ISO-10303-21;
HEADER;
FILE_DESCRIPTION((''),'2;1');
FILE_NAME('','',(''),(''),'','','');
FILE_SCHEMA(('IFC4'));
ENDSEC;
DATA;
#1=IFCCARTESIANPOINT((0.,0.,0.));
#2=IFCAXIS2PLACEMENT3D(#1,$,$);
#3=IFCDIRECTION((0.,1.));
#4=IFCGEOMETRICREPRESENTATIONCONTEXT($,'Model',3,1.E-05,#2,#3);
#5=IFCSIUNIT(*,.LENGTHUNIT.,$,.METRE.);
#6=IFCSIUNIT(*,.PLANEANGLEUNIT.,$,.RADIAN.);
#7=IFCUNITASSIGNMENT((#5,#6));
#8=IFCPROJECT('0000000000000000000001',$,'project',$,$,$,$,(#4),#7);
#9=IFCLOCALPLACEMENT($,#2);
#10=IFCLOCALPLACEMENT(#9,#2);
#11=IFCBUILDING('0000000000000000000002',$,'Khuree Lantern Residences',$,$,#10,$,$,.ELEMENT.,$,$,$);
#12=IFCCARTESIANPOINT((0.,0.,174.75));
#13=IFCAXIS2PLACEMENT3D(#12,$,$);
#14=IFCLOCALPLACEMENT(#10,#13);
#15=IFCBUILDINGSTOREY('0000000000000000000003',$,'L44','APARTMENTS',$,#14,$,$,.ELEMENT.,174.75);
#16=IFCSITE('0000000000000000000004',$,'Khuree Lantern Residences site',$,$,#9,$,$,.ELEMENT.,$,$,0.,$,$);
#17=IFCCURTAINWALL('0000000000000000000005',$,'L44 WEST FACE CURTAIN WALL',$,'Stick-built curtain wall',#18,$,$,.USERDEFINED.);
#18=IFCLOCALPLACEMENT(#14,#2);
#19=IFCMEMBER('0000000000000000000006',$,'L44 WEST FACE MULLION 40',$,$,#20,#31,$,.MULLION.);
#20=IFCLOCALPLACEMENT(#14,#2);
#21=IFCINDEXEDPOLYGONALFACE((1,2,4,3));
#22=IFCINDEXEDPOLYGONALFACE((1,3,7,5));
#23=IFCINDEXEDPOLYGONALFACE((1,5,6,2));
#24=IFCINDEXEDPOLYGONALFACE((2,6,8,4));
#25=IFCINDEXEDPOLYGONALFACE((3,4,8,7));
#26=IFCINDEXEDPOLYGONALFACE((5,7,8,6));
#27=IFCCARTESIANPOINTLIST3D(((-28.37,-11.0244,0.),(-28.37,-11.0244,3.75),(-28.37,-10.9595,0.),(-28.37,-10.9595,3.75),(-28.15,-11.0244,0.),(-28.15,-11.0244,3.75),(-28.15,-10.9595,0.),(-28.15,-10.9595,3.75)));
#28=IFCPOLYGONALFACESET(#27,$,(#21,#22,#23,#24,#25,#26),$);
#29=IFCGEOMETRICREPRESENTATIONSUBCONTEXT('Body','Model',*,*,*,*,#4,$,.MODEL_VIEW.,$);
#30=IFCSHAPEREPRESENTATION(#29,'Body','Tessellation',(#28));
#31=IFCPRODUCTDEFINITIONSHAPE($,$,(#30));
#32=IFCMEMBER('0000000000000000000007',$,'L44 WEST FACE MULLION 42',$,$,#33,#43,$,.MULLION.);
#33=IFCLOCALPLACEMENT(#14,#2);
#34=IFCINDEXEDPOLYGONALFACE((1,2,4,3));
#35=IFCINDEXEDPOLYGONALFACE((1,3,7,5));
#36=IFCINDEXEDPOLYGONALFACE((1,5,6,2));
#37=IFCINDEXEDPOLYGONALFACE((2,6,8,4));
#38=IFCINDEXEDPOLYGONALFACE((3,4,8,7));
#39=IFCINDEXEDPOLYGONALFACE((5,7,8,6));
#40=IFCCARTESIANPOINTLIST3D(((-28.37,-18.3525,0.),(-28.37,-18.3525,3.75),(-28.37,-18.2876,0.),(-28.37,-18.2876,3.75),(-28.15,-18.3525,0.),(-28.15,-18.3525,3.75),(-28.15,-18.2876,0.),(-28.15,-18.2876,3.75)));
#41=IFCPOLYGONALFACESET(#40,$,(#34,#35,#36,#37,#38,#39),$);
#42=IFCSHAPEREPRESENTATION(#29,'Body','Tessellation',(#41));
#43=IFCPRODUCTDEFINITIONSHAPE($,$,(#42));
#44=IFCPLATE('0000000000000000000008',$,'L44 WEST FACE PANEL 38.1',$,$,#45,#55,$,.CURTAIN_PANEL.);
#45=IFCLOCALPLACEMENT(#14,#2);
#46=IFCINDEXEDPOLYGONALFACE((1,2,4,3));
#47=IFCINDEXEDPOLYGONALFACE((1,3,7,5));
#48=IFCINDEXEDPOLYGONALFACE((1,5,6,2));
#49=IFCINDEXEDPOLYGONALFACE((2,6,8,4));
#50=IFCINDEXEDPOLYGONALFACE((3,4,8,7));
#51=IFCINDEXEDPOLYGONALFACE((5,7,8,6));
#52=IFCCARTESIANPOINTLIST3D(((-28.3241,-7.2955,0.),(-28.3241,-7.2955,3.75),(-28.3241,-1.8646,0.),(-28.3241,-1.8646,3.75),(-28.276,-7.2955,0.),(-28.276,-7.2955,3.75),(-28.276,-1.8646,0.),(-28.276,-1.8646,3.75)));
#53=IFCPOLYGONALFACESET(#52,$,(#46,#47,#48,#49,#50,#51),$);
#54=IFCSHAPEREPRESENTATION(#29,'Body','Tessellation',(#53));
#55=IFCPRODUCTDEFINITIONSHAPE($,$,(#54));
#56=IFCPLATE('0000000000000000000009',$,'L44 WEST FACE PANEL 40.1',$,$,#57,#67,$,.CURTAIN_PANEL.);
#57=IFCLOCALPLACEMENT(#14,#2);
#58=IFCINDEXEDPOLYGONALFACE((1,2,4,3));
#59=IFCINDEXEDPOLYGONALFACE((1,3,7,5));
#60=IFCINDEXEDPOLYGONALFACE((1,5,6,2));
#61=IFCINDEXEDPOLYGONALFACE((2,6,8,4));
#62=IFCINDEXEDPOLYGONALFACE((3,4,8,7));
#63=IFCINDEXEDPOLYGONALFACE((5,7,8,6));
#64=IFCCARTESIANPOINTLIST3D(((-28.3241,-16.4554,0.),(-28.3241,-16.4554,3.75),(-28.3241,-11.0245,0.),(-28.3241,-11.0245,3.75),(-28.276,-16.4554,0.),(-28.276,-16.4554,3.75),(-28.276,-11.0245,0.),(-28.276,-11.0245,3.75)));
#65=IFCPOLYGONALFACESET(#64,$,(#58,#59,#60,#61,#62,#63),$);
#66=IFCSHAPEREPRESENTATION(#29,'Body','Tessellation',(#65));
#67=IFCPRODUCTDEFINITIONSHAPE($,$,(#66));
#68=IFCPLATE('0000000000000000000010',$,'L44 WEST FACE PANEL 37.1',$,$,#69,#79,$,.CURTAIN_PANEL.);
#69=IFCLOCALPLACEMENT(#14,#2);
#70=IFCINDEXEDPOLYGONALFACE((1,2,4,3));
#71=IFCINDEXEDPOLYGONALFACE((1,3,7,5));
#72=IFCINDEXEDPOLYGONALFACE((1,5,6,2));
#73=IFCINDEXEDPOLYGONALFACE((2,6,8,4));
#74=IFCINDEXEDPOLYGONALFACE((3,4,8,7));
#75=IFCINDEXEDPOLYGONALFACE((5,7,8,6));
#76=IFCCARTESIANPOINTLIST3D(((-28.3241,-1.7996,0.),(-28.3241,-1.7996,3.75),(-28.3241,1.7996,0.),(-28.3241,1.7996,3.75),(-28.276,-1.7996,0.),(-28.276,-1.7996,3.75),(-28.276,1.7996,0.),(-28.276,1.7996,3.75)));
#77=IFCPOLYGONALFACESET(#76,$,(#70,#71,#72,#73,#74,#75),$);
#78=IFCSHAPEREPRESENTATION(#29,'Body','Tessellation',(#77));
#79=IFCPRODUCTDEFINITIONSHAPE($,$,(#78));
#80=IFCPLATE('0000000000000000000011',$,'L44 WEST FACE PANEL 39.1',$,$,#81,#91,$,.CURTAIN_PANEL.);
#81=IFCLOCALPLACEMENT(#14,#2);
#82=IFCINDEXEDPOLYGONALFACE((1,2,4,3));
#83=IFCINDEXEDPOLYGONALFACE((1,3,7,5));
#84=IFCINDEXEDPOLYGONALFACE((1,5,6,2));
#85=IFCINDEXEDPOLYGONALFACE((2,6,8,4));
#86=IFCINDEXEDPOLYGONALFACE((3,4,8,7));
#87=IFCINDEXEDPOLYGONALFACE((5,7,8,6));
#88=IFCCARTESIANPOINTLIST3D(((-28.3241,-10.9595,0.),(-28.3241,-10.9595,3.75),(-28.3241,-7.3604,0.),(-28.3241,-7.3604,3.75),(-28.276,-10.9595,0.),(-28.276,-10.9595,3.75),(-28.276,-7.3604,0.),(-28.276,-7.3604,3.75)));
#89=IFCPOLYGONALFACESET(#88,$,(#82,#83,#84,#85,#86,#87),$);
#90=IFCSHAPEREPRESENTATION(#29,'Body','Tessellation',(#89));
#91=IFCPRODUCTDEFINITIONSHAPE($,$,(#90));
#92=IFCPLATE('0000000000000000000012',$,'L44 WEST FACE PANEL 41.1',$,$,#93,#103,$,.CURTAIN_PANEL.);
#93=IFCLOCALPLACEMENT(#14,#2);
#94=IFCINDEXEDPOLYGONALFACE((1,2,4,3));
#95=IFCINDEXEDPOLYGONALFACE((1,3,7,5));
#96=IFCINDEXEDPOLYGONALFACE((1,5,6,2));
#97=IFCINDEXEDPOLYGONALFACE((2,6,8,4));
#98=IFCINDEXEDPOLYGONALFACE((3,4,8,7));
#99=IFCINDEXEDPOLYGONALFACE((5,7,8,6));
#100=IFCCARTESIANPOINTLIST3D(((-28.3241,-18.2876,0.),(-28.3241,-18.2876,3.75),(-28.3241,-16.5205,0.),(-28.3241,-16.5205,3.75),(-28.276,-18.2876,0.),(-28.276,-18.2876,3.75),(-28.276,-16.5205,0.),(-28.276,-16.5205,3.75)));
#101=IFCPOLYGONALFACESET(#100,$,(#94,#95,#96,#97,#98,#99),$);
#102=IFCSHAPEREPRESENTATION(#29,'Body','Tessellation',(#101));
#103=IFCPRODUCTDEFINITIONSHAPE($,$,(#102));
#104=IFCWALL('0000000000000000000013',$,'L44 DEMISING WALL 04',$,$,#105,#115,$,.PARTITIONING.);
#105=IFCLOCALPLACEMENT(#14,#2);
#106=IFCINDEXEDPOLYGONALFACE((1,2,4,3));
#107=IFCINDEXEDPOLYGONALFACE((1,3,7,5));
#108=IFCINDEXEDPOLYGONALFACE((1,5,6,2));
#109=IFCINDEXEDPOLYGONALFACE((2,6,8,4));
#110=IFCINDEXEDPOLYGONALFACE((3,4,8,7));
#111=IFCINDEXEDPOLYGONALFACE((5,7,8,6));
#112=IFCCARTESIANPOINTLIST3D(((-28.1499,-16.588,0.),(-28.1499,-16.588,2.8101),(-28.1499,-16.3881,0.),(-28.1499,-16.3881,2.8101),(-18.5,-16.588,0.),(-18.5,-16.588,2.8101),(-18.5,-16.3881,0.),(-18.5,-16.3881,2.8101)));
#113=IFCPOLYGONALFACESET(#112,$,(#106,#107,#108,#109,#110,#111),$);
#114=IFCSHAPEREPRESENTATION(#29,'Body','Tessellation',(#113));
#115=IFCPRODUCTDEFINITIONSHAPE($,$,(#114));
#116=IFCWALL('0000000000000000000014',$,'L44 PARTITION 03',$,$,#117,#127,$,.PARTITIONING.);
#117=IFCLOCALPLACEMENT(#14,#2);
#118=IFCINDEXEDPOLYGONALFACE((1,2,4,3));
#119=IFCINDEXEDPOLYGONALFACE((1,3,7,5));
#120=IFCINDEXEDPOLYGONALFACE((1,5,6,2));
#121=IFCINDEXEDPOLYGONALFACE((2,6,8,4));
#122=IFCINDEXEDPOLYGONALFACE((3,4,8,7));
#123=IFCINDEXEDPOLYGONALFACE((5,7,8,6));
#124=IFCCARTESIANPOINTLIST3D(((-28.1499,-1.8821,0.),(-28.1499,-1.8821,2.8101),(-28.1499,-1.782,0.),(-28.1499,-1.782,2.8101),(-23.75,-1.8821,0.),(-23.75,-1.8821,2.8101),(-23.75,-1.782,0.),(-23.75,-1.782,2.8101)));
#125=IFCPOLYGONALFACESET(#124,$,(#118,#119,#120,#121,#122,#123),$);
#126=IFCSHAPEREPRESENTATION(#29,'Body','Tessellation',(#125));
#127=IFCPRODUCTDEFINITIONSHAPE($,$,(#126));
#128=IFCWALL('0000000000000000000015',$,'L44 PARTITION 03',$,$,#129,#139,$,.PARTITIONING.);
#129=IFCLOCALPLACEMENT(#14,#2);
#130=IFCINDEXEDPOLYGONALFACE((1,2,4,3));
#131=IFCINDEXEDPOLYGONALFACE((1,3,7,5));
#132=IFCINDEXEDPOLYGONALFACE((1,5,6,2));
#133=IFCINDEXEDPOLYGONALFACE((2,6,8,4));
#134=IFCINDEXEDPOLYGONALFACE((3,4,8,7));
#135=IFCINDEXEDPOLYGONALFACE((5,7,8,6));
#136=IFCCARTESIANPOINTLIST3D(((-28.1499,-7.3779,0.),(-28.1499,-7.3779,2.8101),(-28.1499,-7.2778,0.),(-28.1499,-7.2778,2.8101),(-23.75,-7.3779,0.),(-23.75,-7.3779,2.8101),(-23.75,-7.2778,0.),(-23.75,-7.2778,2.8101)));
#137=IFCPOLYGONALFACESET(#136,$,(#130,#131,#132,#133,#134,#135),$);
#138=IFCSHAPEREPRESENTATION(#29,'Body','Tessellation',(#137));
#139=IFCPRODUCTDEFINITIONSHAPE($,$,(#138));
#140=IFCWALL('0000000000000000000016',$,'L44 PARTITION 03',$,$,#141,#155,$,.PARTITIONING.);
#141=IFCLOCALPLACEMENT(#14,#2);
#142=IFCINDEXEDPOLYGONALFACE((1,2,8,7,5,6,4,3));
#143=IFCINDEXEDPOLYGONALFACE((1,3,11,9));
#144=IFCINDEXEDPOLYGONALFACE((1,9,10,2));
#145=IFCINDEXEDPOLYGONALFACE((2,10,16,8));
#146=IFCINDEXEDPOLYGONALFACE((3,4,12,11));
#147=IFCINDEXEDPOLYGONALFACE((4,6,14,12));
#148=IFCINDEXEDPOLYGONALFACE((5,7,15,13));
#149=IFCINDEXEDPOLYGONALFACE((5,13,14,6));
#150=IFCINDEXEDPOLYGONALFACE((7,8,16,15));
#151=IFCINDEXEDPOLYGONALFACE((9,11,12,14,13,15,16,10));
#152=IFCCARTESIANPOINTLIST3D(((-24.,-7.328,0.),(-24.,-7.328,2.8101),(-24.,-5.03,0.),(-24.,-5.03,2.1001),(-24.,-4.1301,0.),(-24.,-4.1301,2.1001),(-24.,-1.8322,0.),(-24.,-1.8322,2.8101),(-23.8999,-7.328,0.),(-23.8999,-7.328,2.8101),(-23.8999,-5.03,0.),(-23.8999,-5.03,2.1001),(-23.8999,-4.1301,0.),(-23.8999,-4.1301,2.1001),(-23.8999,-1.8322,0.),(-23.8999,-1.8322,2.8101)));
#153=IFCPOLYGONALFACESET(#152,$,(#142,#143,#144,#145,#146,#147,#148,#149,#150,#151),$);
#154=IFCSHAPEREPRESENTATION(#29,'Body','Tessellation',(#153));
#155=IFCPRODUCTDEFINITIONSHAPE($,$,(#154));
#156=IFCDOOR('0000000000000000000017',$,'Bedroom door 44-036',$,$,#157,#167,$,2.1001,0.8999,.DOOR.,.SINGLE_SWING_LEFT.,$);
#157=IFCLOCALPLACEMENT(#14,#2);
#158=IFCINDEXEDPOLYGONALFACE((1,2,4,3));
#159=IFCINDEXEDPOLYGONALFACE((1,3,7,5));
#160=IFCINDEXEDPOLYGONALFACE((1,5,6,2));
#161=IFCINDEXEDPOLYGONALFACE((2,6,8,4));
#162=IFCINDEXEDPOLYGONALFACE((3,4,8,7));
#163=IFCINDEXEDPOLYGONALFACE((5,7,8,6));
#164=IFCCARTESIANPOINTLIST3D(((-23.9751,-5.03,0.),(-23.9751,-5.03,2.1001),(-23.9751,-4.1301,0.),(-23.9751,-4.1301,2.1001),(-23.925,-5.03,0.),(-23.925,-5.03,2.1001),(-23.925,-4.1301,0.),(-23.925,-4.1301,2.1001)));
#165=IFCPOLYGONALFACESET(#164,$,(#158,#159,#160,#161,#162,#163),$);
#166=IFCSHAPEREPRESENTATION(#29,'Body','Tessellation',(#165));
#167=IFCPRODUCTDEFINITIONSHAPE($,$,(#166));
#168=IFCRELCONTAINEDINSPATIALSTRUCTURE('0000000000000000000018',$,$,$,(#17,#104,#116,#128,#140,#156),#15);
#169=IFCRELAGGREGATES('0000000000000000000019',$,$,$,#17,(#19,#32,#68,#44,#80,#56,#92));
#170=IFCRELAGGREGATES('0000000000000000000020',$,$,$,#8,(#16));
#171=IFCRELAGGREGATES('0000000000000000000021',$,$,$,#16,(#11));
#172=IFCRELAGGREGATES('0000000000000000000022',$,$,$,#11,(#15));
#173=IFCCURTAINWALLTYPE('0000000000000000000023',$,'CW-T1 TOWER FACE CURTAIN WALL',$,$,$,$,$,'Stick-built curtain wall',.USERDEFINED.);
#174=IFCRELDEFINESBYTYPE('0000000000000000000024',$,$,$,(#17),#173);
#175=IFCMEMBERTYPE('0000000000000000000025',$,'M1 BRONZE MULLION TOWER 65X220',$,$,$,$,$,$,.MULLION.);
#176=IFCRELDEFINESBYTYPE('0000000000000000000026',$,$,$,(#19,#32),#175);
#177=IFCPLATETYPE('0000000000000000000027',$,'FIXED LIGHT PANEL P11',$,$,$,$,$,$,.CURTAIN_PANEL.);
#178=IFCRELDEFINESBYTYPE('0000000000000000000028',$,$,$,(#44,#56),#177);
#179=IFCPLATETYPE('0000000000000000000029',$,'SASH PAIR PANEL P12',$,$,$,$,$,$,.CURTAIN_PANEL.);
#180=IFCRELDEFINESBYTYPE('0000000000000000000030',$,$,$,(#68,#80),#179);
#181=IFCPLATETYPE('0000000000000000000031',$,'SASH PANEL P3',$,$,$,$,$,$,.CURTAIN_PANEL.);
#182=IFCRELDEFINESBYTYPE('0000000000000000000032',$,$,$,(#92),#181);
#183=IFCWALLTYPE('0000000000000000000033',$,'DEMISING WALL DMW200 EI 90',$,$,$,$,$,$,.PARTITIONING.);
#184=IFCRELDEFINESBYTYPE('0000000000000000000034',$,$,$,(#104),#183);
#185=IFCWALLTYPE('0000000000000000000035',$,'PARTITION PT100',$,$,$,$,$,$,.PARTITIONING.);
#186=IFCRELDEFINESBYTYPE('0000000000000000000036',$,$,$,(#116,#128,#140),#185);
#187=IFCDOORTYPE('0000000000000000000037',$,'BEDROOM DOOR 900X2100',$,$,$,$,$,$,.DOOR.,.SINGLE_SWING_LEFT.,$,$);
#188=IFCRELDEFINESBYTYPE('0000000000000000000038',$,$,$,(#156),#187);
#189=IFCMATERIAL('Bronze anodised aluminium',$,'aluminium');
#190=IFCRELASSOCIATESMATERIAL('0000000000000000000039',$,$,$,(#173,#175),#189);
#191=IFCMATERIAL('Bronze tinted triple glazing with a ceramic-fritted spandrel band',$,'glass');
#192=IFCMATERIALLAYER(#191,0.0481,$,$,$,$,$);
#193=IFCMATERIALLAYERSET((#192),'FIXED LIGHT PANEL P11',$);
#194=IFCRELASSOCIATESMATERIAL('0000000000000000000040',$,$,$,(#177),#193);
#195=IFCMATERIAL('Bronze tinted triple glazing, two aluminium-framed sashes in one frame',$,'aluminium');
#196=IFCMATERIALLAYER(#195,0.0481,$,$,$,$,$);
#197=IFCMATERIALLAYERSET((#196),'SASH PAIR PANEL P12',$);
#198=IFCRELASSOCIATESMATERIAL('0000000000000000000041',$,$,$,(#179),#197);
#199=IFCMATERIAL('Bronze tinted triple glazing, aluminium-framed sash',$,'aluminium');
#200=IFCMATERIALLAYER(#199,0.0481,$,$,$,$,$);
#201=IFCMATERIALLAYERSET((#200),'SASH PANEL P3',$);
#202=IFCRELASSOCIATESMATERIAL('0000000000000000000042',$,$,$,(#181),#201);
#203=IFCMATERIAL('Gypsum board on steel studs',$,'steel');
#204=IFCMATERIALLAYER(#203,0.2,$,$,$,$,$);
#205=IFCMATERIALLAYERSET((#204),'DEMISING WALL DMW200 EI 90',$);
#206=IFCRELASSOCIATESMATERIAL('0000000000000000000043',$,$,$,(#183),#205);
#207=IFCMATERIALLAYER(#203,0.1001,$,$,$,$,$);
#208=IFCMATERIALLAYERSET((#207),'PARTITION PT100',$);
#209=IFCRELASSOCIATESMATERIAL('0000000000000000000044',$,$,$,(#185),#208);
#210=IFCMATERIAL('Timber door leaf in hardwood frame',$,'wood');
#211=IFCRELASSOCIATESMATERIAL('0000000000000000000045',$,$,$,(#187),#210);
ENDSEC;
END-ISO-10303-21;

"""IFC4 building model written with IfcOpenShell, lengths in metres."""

from ifc_helpers import new_model, si_unit, direction, frame, frame_2d, origin, origin_2d, place, context, subcontext, project, spatial, rectangle, extrude, material, layer, layer_set, material_profile, profile_set, type_object, element, fill, aggregate, save


model = new_model("IFC4")

# Units and contexts
model_context = context("Model", 3, precision=1e-05, world=origin(), true_north=direction((0.0, 1.0)))
body_context = subcontext(model_context, "Body", "Model", "MODEL_VIEW")
ifc_project = project(units=[si_unit("LENGTHUNIT", "METRE"), si_unit("PLANEANGLEUNIT", "RADIAN")], contexts=[model_context])

# Site, building, storey
site_placement = place(None, origin())
site = spatial("IfcSite", under=ifc_project, at=site_placement, Name="Khuree Lantern Residences site", CompositionType="ELEMENT", RefElevation=0.0)
building_placement = place(site_placement, origin())
building = spatial("IfcBuilding", under=site, at=building_placement, Name="Khuree Lantern Residences", CompositionType="ELEMENT")
storey_placement = place(building_placement, frame((0.0, 0.0, 174.75)))
storey = spatial("IfcBuildingStorey", under=building, at=storey_placement, Name="L44", Description="APARTMENTS", CompositionType="ELEMENT", Elevation=174.75)

# Curtain wall
ifc_material_1 = material(Name="Bronze anodised aluminium", Category="aluminium")
curtain_wall_type = type_object("IfcCurtainWallType", Name="CW-T1 TOWER FACE CURTAIN WALL", ElementType="Stick-built curtain wall", PredefinedType="USERDEFINED", material=ifc_material_1)
curtain_wall_placement = place(storey_placement, origin())
curtain_wall = element("IfcCurtainWall", 1, at=curtain_wall_placement, inside=storey, type_object=curtain_wall_type, Name="L44 WEST FACE CURTAIN WALL", ObjectType="Stick-built curtain wall", PredefinedType="USERDEFINED")

# Members
ifc_material_profile_1 = material_profile(ifc_material_1, rectangle(XDim=0.0649, YDim=0.22, at=origin_2d()), Name="M1 65X220")
ifc_profile_set_1 = profile_set([ifc_material_profile_1], Name="Bronze anodised aluminium")
member_type_1 = type_object("IfcMemberType", Name="M1 BRONZE MULLION TOWER 65X220", PredefinedType="MULLION", material=ifc_profile_set_1)
member_1_placement = place(storey_placement, frame((-28.26, -10.9919, 0.0), z_axis=(0.0, 0.0, 1.0), x_axis=(0.0, -1.0, 0.0)))
member_1 = element("IfcMember", 2, at=member_1_placement, type_object=member_type_1, Name="L44 WEST FACE MULLION 40", PredefinedType="MULLION", context=body_context, shape_type="SweptSolid", body=[
    extrude(rectangle(XDim=0.0649, YDim=0.22, at=origin_2d()), origin(), (0.0, 0.0, 1.0), 3.75),
])
member_2_placement = place(storey_placement, frame((-28.26, -18.3201, 0.0), z_axis=(0.0, 0.0, 1.0), x_axis=(0.0, -1.0, 0.0)))
member_2 = element("IfcMember", 3, at=member_2_placement, type_object=member_type_1, Name="L44 WEST FACE MULLION 42", PredefinedType="MULLION", context=body_context, shape_type="SweptSolid", body=[
    extrude(rectangle(XDim=0.0649, YDim=0.22, at=origin_2d()), origin(), (0.0, 0.0, 1.0), 3.75),
])

# Plates
ifc_material_2 = material(Name="Bronze tinted triple glazing with a ceramic-fritted spandrel band", Category="glass")
ifc_layer_1 = layer(ifc_material_2, 0.0481)
ifc_layer_set_1 = layer_set([ifc_layer_1], Name="FIXED LIGHT PANEL P11")
plate_type_1 = type_object("IfcPlateType", Name="FIXED LIGHT PANEL P11", PredefinedType="CURTAIN_PANEL", material=ifc_layer_set_1)
plate_1_placement = place(storey_placement, frame((-28.3, -4.5801, 0.0), z_axis=(0.0, 0.0, 1.0), x_axis=(0.0, -1.0, 0.0)))
plate_1 = element("IfcPlate", 4, at=plate_1_placement, type_object=plate_type_1, Name="L44 WEST FACE PANEL 38.1", PredefinedType="CURTAIN_PANEL", context=body_context, shape_type="SweptSolid", body=[
    extrude(rectangle(XDim=5.4309, YDim=0.0481, at=origin_2d()), origin(), (0.0, 0.0, 1.0), 3.75),
])
plate_2_placement = place(storey_placement, frame((-28.3, -13.74, 0.0), z_axis=(0.0, 0.0, 1.0), x_axis=(0.0, -1.0, 0.0)))
plate_2 = element("IfcPlate", 5, at=plate_2_placement, type_object=plate_type_1, Name="L44 WEST FACE PANEL 40.1", PredefinedType="CURTAIN_PANEL", context=body_context, shape_type="SweptSolid", body=[
    extrude(rectangle(XDim=5.4309, YDim=0.0481, at=origin_2d()), origin(), (0.0, 0.0, 1.0), 3.75),
])
ifc_material_3 = material(Name="Bronze tinted triple glazing, two aluminium-framed sashes in one frame", Category="aluminium")
ifc_layer_2 = layer(ifc_material_3, 0.0481)
ifc_layer_set_2 = layer_set([ifc_layer_2], Name="SASH PAIR PANEL P12")
plate_type_2 = type_object("IfcPlateType", Name="SASH PAIR PANEL P12", PredefinedType="CURTAIN_PANEL", material=ifc_layer_set_2)
plate_3_placement = place(storey_placement, frame((-28.3, 0.0, 0.0), z_axis=(0.0, 0.0, 1.0), x_axis=(0.0, -1.0, 0.0)))
plate_3 = element("IfcPlate", 6, at=plate_3_placement, type_object=plate_type_2, Name="L44 WEST FACE PANEL 37.1", PredefinedType="CURTAIN_PANEL", context=body_context, shape_type="SweptSolid", body=[
    extrude(rectangle(XDim=3.5991, YDim=0.0481, at=origin_2d()), origin(), (0.0, 0.0, 1.0), 3.75),
])
plate_4_placement = place(storey_placement, frame((-28.3, -9.1599, 0.0), z_axis=(0.0, 0.0, 1.0), x_axis=(0.0, -1.0, 0.0)))
plate_4 = element("IfcPlate", 7, at=plate_4_placement, type_object=plate_type_2, Name="L44 WEST FACE PANEL 39.1", PredefinedType="CURTAIN_PANEL", context=body_context, shape_type="SweptSolid", body=[
    extrude(rectangle(XDim=3.5991, YDim=0.0481, at=origin_2d()), origin(), (0.0, 0.0, 1.0), 3.75),
])
ifc_material_4 = material(Name="Bronze tinted triple glazing, aluminium-framed sash", Category="aluminium")
ifc_layer_3 = layer(ifc_material_4, 0.0481)
ifc_layer_set_3 = layer_set([ifc_layer_3], Name="SASH PANEL P3")
plate_type_3 = type_object("IfcPlateType", Name="SASH PANEL P3", PredefinedType="CURTAIN_PANEL", material=ifc_layer_set_3)
plate_5_placement = place(storey_placement, frame((-28.3, -17.4041, 0.0), z_axis=(0.0, 0.0, 1.0), x_axis=(0.0, -1.0, 0.0)))
plate_5 = element("IfcPlate", 8, at=plate_5_placement, type_object=plate_type_3, Name="L44 WEST FACE PANEL 41.1", PredefinedType="CURTAIN_PANEL", context=body_context, shape_type="SweptSolid", body=[
    extrude(rectangle(XDim=1.7671, YDim=0.0481, at=origin_2d()), origin(), (0.0, 0.0, 1.0), 3.75),
])
aggregate(curtain_wall, [member_1, member_2, plate_3, plate_1, plate_4, plate_2, plate_5])

# Walls
ifc_material_5 = material(Name="Gypsum board on steel studs", Category="steel")
ifc_layer_4 = layer(ifc_material_5, 0.2)
ifc_layer_set_4 = layer_set([ifc_layer_4], Name="DEMISING WALL DMW200 EI 90")
wall_type_1 = type_object("IfcWallType", Name="DEMISING WALL DMW200 EI 90", PredefinedType="PARTITIONING", material=ifc_layer_set_4)
wall_1_placement = place(storey_placement, frame((-18.5, -16.488, 0.0), z_axis=(0.0, 0.0, 1.0), x_axis=(-1.0, 0.0, 0.0)))
element("IfcWall", 9, at=wall_1_placement, inside=storey, type_object=wall_type_1, Name="L44 DEMISING WALL 04", PredefinedType="PARTITIONING", context=body_context, shape_type="SweptSolid", body=[
    extrude(rectangle(XDim=9.6499, YDim=0.2, at=frame_2d((4.825, 0.0))), origin(), (0.0, 0.0, 1.0), 2.8101),
])
ifc_layer_5 = layer(ifc_material_5, 0.1001)
ifc_layer_set_5 = layer_set([ifc_layer_5], Name="PARTITION PT100")
wall_type_2 = type_object("IfcWallType", Name="PARTITION PT100", PredefinedType="PARTITIONING", material=ifc_layer_set_5)
for number, where, z_axis, x_axis, name in (
    (10, (-23.75, -1.832, 0.0), (0.0, 0.0, 1.0), (-1.0, 0.0, 0.0), "L44 PARTITION 03"),
    (11, (-23.75, -7.3279, 0.0), (0.0, 0.0, 1.0), (-1.0, 0.0, 0.0), "L44 PARTITION 03"),
):
    element("IfcWall", number, at=place(storey_placement, frame(where, z_axis=z_axis, x_axis=x_axis)), inside=storey, type_object=wall_type_2, Name=name, PredefinedType="PARTITIONING", context=body_context, shape_type="SweptSolid", body=[
        extrude(rectangle(XDim=4.3999, YDim=0.1001, at=frame_2d((2.2, 0.0))), origin(), (0.0, 0.0, 1.0), 2.8101),
    ])

# Wall, opening, door
wall_2_placement = place(storey_placement, frame((-23.95, -1.832, 0.0), z_axis=(0.0, 0.0, 1.0), x_axis=(0.0, -1.0, 0.0)))
wall_2 = element("IfcWall", 12, at=wall_2_placement, inside=storey, type_object=wall_type_2, Name="L44 PARTITION 03", PredefinedType="PARTITIONING", context=body_context, shape_type="SweptSolid", body=[
    extrude(rectangle(XDim=5.4958, YDim=0.1001, at=frame_2d((2.748, 0.0))), origin(), (0.0, 0.0, 1.0), 2.8101),
])
opening_placement = place(wall_2_placement, frame((2.2981, 0.0, 0.0)))
opening = element("IfcOpeningElement", 13, at=opening_placement, cuts=wall_2, PredefinedType="OPENING", context=body_context, shape_type="SweptSolid", body=[
    extrude(rectangle(XDim=0.8999, YDim=2.1001, at=frame_2d((0.45, 1.05))), frame((0.0, 0.0601, 0.0), z_axis=(0.0, -1.0, 0.0), x_axis=(1.0, 0.0, 0.0)), (0.0, 0.0, 1.0), 0.1201),
])
ifc_material_6 = material(Name="Timber door leaf in hardwood frame", Category="wood")
door_type = type_object("IfcDoorType", Name="BEDROOM DOOR 900X2100", OperationType="SINGLE_SWING_LEFT", PredefinedType="DOOR", material=ifc_material_6)
door_placement = place(opening_placement, origin())
door = element("IfcDoor", 14, at=door_placement, inside=storey, type_object=door_type, Name="Bedroom door 44-036", OperationType="SINGLE_SWING_LEFT", OverallHeight=2.1001, OverallWidth=0.8999, PredefinedType="DOOR", context=body_context, shape_type="SweptSolid", body=[
    extrude(rectangle(XDim=0.8999, YDim=2.1001, at=frame_2d((0.45, 1.05))), frame((0.0, 0.0249, 0.0), z_axis=(0.0, -1.0, 0.0), x_axis=(1.0, 0.0, 0.0)), (0.0, 0.0, 1.0), 0.05),
])
fill(opening, door)

save(model, "model.ifc")
